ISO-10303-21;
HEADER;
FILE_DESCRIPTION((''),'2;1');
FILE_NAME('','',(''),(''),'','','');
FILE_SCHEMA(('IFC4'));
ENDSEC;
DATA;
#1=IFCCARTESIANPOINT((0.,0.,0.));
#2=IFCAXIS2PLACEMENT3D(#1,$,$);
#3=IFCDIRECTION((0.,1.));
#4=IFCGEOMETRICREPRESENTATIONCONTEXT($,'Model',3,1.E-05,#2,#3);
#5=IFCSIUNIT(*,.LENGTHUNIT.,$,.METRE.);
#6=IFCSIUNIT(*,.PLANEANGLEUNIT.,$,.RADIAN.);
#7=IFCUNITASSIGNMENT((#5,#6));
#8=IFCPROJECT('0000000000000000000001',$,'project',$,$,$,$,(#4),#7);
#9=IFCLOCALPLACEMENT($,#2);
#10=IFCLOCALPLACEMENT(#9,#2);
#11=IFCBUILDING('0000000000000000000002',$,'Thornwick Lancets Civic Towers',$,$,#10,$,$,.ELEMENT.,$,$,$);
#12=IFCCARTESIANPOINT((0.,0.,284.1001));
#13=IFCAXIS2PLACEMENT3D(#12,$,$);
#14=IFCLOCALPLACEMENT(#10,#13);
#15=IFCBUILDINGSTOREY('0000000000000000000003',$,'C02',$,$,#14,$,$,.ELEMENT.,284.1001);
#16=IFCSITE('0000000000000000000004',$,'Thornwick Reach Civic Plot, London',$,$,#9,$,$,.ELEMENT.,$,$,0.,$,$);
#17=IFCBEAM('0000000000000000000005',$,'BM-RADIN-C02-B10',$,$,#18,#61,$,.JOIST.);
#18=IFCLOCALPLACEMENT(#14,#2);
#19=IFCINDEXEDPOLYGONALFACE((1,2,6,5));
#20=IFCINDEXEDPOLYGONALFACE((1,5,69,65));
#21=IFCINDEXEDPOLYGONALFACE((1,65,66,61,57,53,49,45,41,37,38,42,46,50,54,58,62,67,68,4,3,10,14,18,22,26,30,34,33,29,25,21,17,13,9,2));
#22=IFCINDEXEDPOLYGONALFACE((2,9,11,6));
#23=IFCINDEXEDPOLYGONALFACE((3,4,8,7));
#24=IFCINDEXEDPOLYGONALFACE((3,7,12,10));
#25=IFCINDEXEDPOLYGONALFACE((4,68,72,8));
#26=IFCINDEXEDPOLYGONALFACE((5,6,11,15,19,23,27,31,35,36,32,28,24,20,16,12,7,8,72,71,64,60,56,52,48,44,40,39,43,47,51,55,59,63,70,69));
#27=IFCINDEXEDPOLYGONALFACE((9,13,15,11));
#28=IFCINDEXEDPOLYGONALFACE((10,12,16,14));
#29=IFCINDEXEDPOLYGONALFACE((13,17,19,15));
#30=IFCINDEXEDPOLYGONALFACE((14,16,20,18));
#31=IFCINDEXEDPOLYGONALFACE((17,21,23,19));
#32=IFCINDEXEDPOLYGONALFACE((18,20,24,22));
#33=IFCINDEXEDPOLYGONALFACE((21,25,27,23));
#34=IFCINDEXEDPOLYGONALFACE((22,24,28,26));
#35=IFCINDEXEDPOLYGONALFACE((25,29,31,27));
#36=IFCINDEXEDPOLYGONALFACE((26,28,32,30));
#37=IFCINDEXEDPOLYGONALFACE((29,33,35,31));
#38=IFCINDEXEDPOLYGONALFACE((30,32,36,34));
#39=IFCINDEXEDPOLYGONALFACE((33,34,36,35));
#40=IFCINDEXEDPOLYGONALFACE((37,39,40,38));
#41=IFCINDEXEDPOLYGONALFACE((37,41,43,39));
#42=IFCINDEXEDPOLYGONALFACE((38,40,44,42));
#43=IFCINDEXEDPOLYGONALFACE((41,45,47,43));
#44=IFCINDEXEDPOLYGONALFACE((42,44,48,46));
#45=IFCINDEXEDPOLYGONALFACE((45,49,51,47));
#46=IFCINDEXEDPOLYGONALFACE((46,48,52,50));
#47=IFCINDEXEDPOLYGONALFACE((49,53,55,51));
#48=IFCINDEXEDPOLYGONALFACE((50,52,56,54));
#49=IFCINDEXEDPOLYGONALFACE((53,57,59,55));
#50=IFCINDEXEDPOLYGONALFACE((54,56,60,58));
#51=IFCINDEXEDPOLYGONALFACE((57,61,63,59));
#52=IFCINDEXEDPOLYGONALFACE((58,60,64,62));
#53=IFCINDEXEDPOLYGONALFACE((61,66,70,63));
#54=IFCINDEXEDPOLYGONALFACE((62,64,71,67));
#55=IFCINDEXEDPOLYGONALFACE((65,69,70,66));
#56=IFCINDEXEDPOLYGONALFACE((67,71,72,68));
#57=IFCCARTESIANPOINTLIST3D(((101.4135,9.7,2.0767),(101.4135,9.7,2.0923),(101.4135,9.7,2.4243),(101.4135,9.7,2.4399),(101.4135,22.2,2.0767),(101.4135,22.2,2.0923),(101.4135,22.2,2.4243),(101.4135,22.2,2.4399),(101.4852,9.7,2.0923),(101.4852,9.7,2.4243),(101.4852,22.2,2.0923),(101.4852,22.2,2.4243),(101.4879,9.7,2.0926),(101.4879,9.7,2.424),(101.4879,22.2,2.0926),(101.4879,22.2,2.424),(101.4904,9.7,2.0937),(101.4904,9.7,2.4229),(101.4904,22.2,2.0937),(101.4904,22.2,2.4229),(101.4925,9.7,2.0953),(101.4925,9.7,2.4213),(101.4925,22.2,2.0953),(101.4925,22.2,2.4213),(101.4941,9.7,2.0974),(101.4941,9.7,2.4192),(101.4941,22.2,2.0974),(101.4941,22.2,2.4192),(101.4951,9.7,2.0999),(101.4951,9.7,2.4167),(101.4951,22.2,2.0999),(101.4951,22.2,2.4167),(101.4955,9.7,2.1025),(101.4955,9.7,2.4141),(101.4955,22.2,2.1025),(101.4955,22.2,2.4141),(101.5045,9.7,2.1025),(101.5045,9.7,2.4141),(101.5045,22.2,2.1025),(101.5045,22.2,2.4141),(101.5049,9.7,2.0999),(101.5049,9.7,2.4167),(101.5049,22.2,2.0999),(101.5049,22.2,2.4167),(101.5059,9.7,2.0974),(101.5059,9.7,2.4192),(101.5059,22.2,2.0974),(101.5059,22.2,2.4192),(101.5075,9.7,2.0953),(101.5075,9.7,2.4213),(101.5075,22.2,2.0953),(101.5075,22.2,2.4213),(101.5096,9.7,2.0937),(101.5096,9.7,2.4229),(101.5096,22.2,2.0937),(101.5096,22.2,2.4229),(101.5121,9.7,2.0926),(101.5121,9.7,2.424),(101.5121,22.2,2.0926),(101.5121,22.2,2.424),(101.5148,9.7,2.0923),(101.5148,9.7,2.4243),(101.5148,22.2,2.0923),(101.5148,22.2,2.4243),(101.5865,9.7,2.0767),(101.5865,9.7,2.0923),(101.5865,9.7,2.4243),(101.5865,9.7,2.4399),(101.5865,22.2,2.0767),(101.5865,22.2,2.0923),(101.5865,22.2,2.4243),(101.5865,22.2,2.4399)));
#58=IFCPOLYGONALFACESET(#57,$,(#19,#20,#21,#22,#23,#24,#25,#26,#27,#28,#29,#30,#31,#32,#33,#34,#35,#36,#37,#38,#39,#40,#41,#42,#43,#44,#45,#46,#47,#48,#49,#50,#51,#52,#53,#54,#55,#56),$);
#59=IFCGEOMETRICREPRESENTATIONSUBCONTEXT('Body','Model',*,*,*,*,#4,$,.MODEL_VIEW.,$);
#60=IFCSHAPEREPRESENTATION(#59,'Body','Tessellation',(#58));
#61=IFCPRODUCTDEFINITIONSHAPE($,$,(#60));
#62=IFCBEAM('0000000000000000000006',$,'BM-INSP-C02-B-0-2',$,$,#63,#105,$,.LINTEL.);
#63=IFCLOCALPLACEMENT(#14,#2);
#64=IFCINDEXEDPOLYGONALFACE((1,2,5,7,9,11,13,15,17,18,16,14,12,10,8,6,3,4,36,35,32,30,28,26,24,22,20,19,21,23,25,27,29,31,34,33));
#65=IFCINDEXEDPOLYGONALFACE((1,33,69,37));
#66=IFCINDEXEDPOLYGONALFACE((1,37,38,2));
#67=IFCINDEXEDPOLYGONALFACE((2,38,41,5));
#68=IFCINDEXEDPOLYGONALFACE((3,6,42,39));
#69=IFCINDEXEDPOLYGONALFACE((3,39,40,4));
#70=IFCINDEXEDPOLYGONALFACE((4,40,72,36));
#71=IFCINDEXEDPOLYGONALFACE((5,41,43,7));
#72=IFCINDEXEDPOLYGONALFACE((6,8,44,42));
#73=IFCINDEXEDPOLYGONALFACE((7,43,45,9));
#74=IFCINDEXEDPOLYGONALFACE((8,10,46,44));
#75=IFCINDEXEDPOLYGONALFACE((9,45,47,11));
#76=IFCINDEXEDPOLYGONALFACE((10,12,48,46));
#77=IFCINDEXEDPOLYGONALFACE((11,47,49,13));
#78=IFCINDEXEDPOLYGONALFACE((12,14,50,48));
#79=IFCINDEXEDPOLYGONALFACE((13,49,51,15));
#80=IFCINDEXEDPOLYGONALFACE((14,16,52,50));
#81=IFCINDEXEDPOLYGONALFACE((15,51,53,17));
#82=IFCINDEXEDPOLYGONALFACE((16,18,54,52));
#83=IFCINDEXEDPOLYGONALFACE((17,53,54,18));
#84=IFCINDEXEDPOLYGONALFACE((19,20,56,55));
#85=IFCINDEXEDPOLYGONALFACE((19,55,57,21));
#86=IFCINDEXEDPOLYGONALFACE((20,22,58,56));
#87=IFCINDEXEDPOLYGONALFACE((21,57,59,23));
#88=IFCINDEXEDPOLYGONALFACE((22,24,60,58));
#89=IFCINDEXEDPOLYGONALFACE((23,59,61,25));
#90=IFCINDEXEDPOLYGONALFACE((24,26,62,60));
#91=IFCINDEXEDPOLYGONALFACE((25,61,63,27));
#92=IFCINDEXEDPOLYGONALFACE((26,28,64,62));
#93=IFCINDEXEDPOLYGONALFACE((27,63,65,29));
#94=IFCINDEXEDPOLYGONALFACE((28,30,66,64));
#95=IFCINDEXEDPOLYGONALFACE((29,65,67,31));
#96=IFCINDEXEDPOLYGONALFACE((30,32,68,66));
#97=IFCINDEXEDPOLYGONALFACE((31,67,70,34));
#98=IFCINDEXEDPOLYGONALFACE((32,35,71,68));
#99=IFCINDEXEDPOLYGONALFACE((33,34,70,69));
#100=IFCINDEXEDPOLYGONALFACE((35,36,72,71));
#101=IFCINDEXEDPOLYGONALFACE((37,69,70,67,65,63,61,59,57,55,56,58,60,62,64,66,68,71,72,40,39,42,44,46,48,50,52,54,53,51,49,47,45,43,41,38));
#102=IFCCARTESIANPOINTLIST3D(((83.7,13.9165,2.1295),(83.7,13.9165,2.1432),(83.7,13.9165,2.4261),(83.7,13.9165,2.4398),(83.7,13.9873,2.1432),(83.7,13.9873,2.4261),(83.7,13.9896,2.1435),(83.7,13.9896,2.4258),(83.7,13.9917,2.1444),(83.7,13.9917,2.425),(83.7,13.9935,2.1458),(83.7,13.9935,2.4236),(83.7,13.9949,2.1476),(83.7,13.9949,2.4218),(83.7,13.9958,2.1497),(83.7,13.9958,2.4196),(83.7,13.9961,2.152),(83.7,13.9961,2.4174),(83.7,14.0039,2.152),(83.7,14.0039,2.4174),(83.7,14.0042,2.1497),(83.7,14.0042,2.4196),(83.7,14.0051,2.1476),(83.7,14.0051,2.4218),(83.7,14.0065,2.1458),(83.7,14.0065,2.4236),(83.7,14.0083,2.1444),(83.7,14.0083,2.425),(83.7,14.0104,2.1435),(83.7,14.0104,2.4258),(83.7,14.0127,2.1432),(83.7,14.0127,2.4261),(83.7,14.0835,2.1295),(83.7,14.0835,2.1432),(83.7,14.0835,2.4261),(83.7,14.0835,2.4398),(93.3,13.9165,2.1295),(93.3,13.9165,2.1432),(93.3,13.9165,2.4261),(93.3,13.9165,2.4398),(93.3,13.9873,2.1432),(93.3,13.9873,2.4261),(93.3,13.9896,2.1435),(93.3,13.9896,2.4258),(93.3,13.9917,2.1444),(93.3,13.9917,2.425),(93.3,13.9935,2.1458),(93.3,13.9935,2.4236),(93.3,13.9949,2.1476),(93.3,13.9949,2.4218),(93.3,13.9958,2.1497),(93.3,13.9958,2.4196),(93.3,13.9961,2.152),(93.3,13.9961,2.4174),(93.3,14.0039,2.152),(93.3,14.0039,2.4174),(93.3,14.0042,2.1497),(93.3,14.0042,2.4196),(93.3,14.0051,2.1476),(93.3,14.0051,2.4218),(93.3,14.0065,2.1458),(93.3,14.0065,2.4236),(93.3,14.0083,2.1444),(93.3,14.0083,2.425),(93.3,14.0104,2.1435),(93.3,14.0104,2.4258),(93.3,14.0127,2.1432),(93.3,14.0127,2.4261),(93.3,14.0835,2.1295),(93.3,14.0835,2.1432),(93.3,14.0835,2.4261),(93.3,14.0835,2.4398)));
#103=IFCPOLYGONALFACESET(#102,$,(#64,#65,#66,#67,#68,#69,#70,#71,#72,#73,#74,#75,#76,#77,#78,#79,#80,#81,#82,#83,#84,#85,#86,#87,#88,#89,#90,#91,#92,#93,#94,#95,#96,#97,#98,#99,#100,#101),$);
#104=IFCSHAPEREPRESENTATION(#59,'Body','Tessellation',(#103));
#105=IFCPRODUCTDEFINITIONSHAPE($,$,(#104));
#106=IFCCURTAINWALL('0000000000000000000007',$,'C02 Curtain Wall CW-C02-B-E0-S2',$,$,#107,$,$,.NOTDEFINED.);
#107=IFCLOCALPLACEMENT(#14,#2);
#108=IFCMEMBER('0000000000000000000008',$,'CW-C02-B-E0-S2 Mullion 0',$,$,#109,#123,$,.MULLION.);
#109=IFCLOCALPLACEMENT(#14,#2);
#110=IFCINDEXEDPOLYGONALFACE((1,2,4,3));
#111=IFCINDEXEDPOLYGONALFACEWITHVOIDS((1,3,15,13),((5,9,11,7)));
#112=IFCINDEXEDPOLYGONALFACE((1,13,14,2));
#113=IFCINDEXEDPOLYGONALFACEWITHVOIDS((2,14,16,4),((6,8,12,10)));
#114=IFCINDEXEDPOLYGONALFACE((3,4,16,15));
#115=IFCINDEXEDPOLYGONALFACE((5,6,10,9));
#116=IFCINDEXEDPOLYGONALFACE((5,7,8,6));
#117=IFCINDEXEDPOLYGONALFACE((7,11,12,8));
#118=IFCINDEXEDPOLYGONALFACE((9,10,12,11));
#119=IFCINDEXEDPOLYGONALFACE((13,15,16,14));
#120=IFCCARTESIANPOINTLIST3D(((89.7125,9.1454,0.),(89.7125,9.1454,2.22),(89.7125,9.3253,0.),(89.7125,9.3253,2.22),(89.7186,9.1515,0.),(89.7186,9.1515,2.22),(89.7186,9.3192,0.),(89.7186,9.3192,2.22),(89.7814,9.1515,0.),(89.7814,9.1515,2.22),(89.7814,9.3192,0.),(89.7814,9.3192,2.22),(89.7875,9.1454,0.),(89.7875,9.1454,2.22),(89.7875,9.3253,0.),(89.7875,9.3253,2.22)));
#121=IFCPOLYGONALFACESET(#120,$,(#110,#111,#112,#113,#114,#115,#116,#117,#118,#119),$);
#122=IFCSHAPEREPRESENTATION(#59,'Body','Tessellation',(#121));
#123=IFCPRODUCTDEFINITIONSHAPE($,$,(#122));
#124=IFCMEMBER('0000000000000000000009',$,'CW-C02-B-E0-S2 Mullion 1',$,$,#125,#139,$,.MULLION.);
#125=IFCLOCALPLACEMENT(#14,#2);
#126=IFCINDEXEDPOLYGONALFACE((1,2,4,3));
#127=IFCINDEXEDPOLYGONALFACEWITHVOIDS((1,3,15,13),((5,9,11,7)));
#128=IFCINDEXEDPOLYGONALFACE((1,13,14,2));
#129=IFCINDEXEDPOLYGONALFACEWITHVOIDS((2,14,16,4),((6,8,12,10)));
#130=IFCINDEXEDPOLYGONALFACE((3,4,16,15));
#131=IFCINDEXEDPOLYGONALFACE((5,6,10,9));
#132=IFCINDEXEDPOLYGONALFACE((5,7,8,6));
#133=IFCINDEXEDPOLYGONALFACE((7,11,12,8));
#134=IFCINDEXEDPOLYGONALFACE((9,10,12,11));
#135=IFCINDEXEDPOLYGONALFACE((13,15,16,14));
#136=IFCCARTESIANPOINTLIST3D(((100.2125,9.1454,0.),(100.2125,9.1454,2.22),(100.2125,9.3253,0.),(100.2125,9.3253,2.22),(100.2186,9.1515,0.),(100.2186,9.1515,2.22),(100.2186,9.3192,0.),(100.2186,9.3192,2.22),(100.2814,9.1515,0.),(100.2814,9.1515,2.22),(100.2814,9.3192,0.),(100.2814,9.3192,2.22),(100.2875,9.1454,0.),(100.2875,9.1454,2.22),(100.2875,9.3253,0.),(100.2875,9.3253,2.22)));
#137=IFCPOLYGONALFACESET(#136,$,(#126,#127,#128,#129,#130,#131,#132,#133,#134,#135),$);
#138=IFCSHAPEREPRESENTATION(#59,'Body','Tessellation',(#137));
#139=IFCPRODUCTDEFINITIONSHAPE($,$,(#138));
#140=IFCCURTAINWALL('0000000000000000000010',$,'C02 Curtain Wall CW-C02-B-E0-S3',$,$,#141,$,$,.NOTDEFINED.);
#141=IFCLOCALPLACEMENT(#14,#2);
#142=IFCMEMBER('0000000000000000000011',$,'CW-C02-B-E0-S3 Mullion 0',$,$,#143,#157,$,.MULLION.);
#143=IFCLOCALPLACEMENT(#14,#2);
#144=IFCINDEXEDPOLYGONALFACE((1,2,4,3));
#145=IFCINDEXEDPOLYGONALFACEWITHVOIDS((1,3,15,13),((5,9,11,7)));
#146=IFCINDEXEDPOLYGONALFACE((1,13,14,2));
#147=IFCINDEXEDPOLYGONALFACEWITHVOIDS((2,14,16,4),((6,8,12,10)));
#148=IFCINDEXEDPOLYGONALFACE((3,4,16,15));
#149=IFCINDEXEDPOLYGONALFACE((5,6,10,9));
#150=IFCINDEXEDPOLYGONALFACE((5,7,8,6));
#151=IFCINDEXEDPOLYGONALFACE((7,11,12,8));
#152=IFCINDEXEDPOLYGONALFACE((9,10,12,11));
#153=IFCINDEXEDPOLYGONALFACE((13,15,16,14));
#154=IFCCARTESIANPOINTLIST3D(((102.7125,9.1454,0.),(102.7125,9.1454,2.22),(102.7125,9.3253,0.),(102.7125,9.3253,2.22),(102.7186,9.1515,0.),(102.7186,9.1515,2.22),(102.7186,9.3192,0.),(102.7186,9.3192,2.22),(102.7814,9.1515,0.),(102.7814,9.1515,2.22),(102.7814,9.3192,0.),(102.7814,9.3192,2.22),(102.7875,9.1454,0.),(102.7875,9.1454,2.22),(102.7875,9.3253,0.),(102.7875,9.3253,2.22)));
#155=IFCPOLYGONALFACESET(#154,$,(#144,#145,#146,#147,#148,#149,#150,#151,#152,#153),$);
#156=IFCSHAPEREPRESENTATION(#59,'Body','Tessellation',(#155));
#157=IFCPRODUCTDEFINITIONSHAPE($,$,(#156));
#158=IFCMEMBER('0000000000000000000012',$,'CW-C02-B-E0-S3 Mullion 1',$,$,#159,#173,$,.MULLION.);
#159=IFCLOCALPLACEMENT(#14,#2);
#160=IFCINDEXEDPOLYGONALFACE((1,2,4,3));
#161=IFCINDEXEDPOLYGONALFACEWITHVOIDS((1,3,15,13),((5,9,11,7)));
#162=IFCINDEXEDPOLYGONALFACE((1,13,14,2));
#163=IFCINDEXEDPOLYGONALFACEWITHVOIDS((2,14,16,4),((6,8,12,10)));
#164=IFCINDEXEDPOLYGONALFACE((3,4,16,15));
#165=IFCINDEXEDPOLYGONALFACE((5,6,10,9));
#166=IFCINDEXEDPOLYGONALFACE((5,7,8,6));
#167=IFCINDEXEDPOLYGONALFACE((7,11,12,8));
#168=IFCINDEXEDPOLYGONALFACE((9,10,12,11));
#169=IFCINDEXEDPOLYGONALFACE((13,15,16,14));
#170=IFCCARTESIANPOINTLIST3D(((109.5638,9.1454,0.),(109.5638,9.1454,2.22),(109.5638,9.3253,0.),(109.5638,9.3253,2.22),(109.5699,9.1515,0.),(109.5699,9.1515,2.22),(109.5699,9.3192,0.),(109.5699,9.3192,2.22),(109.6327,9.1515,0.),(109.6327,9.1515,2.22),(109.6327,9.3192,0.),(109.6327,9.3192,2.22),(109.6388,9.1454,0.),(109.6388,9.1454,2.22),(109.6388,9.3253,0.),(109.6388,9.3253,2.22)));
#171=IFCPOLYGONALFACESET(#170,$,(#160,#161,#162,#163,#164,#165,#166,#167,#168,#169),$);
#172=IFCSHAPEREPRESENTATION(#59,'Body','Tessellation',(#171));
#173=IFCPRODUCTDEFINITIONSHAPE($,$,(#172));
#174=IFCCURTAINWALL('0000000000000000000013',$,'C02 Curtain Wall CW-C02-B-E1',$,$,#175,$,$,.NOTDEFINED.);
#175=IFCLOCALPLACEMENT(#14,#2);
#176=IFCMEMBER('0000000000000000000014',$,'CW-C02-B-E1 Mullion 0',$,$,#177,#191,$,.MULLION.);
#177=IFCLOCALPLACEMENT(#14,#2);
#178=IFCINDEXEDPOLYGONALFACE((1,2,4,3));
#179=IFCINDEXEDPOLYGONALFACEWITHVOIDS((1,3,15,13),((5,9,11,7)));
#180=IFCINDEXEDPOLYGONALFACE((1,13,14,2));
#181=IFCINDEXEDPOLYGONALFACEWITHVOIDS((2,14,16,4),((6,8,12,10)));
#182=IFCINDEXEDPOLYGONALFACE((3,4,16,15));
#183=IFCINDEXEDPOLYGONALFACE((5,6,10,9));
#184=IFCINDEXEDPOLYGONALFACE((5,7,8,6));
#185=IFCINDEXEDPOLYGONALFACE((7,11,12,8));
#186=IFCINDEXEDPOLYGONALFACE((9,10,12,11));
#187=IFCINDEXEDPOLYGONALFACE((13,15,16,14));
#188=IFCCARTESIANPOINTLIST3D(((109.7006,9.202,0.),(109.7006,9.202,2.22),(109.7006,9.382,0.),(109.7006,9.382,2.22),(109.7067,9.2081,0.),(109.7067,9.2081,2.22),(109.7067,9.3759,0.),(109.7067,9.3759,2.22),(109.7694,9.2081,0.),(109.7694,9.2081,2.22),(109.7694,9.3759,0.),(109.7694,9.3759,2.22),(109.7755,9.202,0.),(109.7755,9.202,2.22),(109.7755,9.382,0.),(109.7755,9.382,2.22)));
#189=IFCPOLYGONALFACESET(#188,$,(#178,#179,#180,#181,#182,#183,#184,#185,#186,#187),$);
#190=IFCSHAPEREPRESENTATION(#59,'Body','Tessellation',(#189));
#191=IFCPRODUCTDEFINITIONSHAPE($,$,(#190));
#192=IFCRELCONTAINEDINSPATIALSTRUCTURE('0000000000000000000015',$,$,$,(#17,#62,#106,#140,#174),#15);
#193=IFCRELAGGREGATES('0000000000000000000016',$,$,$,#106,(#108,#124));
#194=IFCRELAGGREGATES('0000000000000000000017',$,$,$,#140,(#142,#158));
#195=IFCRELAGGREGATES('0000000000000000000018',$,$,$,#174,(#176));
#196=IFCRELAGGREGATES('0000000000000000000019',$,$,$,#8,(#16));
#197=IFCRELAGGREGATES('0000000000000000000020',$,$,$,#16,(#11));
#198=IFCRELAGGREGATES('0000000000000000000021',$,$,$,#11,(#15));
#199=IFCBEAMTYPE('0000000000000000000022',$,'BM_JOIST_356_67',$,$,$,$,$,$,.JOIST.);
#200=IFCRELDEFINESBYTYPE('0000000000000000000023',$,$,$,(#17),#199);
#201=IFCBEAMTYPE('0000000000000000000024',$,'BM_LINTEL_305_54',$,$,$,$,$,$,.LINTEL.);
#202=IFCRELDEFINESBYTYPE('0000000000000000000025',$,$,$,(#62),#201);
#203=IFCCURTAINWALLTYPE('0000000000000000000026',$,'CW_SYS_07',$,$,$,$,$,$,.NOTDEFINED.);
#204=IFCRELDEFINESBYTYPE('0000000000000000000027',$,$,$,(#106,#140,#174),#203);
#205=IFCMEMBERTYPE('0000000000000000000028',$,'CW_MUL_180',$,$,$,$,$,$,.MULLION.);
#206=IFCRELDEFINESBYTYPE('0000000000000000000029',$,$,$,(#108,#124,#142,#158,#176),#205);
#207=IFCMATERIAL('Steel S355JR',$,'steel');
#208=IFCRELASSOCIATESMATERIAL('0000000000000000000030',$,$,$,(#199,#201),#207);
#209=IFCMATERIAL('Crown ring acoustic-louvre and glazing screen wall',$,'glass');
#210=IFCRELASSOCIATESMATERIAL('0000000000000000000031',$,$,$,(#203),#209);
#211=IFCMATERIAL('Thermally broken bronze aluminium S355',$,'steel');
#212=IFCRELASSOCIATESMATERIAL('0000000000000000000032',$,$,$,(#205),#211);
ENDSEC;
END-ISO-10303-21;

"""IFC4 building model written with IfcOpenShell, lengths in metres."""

from ifc_helpers import new_model, si_unit, direction, frame, origin, origin_2d, place, context, subcontext, project, spatial, hollow_rectangle, i_section, extrude, material, material_profile, profile_set, type_object, element, aggregate, save


model = new_model("IFC4")

# Units and contexts
model_context = context("Model", 3, precision=1e-05, world=origin(), true_north=direction((0.0, 1.0)))
body_context = subcontext(model_context, "Body", "Model", "MODEL_VIEW")
ifc_project = project(units=[si_unit("LENGTHUNIT", "METRE"), si_unit("PLANEANGLEUNIT", "RADIAN")], contexts=[model_context])

# Site, building, storey
site_placement = place(None, origin())
site = spatial("IfcSite", under=ifc_project, at=site_placement, Name="Thornwick Reach Civic Plot, London", CompositionType="ELEMENT", RefElevation=0.0)
building_placement = place(site_placement, origin())
building = spatial("IfcBuilding", under=site, at=building_placement, Name="Thornwick Lancets Civic Towers", CompositionType="ELEMENT")
storey_placement = place(building_placement, frame((0.0, 0.0, 284.1001)))
storey = spatial("IfcBuildingStorey", under=building, at=storey_placement, Name="C02", CompositionType="ELEMENT", Elevation=284.1001)

# Shared definitions
ifc_material_1 = material(Name="Steel S355JR", Category="steel")

# Beams
ifc_material_profile_1 = material_profile(ifc_material_1, i_section(OverallWidth=0.1731, OverallDepth=0.3633, WebThickness=0.009, FlangeThickness=0.0156, FilletRadius=0.0103, at=origin_2d()), Name="UKB 356x171x67")
ifc_profile_set_1 = profile_set([ifc_material_profile_1], Name="Steel S355JR")
beam_type_1 = type_object("IfcBeamType", Name="BM_JOIST_356_67", PredefinedType="JOIST", material=ifc_profile_set_1)
beam_1_placement = place(storey_placement, frame((101.5, 22.2, 2.2583), z_axis=(0.0, -1.0, 0.0), x_axis=(1.0, 0.0, 0.0)))
element("IfcBeam", 1, at=beam_1_placement, inside=storey, type_object=beam_type_1, Name="BM-RADIN-C02-B10", PredefinedType="JOIST", context=body_context, shape_type="SweptSolid", body=[
    extrude(i_section(OverallWidth=0.1731, OverallDepth=0.3633, WebThickness=0.009, FlangeThickness=0.0156, FilletRadius=0.0103, at=origin_2d()), origin(), (0.0, 0.0, 1.0), 12.5),
])
ifc_material_profile_2 = material_profile(ifc_material_1, i_section(OverallWidth=0.167, OverallDepth=0.3103, WebThickness=0.0078, FlangeThickness=0.0137, FilletRadius=0.0088, at=origin_2d()), Name="UKB 305x165x54")
ifc_profile_set_2 = profile_set([ifc_material_profile_2], Name="Steel S355JR")
beam_type_2 = type_object("IfcBeamType", Name="BM_LINTEL_305_54", PredefinedType="LINTEL", material=ifc_profile_set_2)
beam_2_placement = place(storey_placement, frame((93.3, 14.0, 2.2847), z_axis=(-1.0, 0.0, 0.0), x_axis=(0.0, -1.0, 0.0)))
element("IfcBeam", 2, at=beam_2_placement, inside=storey, type_object=beam_type_2, Name="BM-INSP-C02-B-0-2", PredefinedType="LINTEL", context=body_context, shape_type="SweptSolid", body=[
    extrude(i_section(OverallWidth=0.167, OverallDepth=0.3103, WebThickness=0.0078, FlangeThickness=0.0137, FilletRadius=0.0088, at=origin_2d()), origin(), (0.0, 0.0, 1.0), 9.6001),
])

# Curtain walls, members
ifc_material_2 = material(Name="Crown ring acoustic-louvre and glazing screen wall", Category="glass")
curtain_wall_type = type_object("IfcCurtainWallType", Name="CW_SYS_07", PredefinedType="NOTDEFINED", material=ifc_material_2)
curtain_wall_1_placement = place(storey_placement, origin())
curtain_wall_1 = element("IfcCurtainWall", 3, at=curtain_wall_1_placement, inside=storey, type_object=curtain_wall_type, Name="C02 Curtain Wall CW-C02-B-E0-S2", PredefinedType="NOTDEFINED")
ifc_material_3 = material(Name="Thermally broken bronze aluminium S355", Category="steel")
ifc_material_profile_3 = material_profile(ifc_material_3, hollow_rectangle(XDim=0.075, YDim=0.1799, WallThickness=0.0061, at=origin_2d()), Name="RHS 180x75x6")
ifc_profile_set_3 = profile_set([ifc_material_profile_3], Name="Thermally broken bronze aluminium S355")
member_type_1 = type_object("IfcMemberType", Name="CW_MUL_180", PredefinedType="MULLION", material=ifc_profile_set_3)
member_1_placement = place(storey_placement, frame((89.75, 9.2354, 0.0), z_axis=(0.0, 0.0, 1.0), x_axis=(1.0, 0.0, 0.0)))
member_1 = element("IfcMember", 4, at=member_1_placement, type_object=member_type_1, Name="CW-C02-B-E0-S2 Mullion 0", PredefinedType="MULLION", context=body_context, shape_type="SweptSolid", body=[
    extrude(hollow_rectangle(XDim=0.075, YDim=0.1799, WallThickness=0.0061, at=origin_2d()), origin(), (0.0, 0.0, 1.0), 2.22),
])
member_2_placement = place(storey_placement, frame((100.25, 9.2354, 0.0), z_axis=(0.0, 0.0, 1.0), x_axis=(1.0, 0.0, 0.0)))
member_2 = element("IfcMember", 5, at=member_2_placement, type_object=member_type_1, Name="CW-C02-B-E0-S2 Mullion 1", PredefinedType="MULLION", context=body_context, shape_type="SweptSolid", body=[
    extrude(hollow_rectangle(XDim=0.075, YDim=0.1799, WallThickness=0.0061, at=origin_2d()), origin(), (0.0, 0.0, 1.0), 2.22),
])
curtain_wall_2_placement = place(storey_placement, origin())
curtain_wall_2 = element("IfcCurtainWall", 6, at=curtain_wall_2_placement, inside=storey, type_object=curtain_wall_type, Name="C02 Curtain Wall CW-C02-B-E0-S3", PredefinedType="NOTDEFINED")
member_3_placement = place(storey_placement, frame((102.75, 9.2354, 0.0), z_axis=(0.0, 0.0, 1.0), x_axis=(1.0, 0.0, 0.0)))
member_3 = element("IfcMember", 7, at=member_3_placement, type_object=member_type_1, Name="CW-C02-B-E0-S3 Mullion 0", PredefinedType="MULLION", context=body_context, shape_type="SweptSolid", body=[
    extrude(hollow_rectangle(XDim=0.075, YDim=0.1799, WallThickness=0.0061, at=origin_2d()), origin(), (0.0, 0.0, 1.0), 2.22),
])
member_4_placement = place(storey_placement, frame((109.6013, 9.2354, 0.0), z_axis=(0.0, 0.0, 1.0), x_axis=(1.0, 0.0, 0.0)))
member_4 = element("IfcMember", 8, at=member_4_placement, type_object=member_type_1, Name="CW-C02-B-E0-S3 Mullion 1", PredefinedType="MULLION", context=body_context, shape_type="SweptSolid", body=[
    extrude(hollow_rectangle(XDim=0.075, YDim=0.1799, WallThickness=0.0061, at=origin_2d()), origin(), (0.0, 0.0, 1.0), 2.22),
])
curtain_wall_3_placement = place(storey_placement, origin())
curtain_wall_3 = element("IfcCurtainWall", 9, at=curtain_wall_3_placement, inside=storey, type_object=curtain_wall_type, Name="C02 Curtain Wall CW-C02-B-E1", PredefinedType="NOTDEFINED")
member_5_placement = place(storey_placement, frame((109.738, 9.292, 0.0), z_axis=(0.0, 0.0, 1.0), x_axis=(1.0, 0.0, 0.0)))
member_5 = element("IfcMember", 10, at=member_5_placement, type_object=member_type_1, Name="CW-C02-B-E1 Mullion 0", PredefinedType="MULLION", context=body_context, shape_type="SweptSolid", body=[
    extrude(hollow_rectangle(XDim=0.075, YDim=0.1799, WallThickness=0.0061, at=origin_2d()), origin(), (0.0, 0.0, 1.0), 2.22),
])

aggregate(curtain_wall_1, [member_1, member_2])
aggregate(curtain_wall_2, [member_3, member_4])
aggregate(curtain_wall_3, [member_5])

save(model, "model.ifc")
